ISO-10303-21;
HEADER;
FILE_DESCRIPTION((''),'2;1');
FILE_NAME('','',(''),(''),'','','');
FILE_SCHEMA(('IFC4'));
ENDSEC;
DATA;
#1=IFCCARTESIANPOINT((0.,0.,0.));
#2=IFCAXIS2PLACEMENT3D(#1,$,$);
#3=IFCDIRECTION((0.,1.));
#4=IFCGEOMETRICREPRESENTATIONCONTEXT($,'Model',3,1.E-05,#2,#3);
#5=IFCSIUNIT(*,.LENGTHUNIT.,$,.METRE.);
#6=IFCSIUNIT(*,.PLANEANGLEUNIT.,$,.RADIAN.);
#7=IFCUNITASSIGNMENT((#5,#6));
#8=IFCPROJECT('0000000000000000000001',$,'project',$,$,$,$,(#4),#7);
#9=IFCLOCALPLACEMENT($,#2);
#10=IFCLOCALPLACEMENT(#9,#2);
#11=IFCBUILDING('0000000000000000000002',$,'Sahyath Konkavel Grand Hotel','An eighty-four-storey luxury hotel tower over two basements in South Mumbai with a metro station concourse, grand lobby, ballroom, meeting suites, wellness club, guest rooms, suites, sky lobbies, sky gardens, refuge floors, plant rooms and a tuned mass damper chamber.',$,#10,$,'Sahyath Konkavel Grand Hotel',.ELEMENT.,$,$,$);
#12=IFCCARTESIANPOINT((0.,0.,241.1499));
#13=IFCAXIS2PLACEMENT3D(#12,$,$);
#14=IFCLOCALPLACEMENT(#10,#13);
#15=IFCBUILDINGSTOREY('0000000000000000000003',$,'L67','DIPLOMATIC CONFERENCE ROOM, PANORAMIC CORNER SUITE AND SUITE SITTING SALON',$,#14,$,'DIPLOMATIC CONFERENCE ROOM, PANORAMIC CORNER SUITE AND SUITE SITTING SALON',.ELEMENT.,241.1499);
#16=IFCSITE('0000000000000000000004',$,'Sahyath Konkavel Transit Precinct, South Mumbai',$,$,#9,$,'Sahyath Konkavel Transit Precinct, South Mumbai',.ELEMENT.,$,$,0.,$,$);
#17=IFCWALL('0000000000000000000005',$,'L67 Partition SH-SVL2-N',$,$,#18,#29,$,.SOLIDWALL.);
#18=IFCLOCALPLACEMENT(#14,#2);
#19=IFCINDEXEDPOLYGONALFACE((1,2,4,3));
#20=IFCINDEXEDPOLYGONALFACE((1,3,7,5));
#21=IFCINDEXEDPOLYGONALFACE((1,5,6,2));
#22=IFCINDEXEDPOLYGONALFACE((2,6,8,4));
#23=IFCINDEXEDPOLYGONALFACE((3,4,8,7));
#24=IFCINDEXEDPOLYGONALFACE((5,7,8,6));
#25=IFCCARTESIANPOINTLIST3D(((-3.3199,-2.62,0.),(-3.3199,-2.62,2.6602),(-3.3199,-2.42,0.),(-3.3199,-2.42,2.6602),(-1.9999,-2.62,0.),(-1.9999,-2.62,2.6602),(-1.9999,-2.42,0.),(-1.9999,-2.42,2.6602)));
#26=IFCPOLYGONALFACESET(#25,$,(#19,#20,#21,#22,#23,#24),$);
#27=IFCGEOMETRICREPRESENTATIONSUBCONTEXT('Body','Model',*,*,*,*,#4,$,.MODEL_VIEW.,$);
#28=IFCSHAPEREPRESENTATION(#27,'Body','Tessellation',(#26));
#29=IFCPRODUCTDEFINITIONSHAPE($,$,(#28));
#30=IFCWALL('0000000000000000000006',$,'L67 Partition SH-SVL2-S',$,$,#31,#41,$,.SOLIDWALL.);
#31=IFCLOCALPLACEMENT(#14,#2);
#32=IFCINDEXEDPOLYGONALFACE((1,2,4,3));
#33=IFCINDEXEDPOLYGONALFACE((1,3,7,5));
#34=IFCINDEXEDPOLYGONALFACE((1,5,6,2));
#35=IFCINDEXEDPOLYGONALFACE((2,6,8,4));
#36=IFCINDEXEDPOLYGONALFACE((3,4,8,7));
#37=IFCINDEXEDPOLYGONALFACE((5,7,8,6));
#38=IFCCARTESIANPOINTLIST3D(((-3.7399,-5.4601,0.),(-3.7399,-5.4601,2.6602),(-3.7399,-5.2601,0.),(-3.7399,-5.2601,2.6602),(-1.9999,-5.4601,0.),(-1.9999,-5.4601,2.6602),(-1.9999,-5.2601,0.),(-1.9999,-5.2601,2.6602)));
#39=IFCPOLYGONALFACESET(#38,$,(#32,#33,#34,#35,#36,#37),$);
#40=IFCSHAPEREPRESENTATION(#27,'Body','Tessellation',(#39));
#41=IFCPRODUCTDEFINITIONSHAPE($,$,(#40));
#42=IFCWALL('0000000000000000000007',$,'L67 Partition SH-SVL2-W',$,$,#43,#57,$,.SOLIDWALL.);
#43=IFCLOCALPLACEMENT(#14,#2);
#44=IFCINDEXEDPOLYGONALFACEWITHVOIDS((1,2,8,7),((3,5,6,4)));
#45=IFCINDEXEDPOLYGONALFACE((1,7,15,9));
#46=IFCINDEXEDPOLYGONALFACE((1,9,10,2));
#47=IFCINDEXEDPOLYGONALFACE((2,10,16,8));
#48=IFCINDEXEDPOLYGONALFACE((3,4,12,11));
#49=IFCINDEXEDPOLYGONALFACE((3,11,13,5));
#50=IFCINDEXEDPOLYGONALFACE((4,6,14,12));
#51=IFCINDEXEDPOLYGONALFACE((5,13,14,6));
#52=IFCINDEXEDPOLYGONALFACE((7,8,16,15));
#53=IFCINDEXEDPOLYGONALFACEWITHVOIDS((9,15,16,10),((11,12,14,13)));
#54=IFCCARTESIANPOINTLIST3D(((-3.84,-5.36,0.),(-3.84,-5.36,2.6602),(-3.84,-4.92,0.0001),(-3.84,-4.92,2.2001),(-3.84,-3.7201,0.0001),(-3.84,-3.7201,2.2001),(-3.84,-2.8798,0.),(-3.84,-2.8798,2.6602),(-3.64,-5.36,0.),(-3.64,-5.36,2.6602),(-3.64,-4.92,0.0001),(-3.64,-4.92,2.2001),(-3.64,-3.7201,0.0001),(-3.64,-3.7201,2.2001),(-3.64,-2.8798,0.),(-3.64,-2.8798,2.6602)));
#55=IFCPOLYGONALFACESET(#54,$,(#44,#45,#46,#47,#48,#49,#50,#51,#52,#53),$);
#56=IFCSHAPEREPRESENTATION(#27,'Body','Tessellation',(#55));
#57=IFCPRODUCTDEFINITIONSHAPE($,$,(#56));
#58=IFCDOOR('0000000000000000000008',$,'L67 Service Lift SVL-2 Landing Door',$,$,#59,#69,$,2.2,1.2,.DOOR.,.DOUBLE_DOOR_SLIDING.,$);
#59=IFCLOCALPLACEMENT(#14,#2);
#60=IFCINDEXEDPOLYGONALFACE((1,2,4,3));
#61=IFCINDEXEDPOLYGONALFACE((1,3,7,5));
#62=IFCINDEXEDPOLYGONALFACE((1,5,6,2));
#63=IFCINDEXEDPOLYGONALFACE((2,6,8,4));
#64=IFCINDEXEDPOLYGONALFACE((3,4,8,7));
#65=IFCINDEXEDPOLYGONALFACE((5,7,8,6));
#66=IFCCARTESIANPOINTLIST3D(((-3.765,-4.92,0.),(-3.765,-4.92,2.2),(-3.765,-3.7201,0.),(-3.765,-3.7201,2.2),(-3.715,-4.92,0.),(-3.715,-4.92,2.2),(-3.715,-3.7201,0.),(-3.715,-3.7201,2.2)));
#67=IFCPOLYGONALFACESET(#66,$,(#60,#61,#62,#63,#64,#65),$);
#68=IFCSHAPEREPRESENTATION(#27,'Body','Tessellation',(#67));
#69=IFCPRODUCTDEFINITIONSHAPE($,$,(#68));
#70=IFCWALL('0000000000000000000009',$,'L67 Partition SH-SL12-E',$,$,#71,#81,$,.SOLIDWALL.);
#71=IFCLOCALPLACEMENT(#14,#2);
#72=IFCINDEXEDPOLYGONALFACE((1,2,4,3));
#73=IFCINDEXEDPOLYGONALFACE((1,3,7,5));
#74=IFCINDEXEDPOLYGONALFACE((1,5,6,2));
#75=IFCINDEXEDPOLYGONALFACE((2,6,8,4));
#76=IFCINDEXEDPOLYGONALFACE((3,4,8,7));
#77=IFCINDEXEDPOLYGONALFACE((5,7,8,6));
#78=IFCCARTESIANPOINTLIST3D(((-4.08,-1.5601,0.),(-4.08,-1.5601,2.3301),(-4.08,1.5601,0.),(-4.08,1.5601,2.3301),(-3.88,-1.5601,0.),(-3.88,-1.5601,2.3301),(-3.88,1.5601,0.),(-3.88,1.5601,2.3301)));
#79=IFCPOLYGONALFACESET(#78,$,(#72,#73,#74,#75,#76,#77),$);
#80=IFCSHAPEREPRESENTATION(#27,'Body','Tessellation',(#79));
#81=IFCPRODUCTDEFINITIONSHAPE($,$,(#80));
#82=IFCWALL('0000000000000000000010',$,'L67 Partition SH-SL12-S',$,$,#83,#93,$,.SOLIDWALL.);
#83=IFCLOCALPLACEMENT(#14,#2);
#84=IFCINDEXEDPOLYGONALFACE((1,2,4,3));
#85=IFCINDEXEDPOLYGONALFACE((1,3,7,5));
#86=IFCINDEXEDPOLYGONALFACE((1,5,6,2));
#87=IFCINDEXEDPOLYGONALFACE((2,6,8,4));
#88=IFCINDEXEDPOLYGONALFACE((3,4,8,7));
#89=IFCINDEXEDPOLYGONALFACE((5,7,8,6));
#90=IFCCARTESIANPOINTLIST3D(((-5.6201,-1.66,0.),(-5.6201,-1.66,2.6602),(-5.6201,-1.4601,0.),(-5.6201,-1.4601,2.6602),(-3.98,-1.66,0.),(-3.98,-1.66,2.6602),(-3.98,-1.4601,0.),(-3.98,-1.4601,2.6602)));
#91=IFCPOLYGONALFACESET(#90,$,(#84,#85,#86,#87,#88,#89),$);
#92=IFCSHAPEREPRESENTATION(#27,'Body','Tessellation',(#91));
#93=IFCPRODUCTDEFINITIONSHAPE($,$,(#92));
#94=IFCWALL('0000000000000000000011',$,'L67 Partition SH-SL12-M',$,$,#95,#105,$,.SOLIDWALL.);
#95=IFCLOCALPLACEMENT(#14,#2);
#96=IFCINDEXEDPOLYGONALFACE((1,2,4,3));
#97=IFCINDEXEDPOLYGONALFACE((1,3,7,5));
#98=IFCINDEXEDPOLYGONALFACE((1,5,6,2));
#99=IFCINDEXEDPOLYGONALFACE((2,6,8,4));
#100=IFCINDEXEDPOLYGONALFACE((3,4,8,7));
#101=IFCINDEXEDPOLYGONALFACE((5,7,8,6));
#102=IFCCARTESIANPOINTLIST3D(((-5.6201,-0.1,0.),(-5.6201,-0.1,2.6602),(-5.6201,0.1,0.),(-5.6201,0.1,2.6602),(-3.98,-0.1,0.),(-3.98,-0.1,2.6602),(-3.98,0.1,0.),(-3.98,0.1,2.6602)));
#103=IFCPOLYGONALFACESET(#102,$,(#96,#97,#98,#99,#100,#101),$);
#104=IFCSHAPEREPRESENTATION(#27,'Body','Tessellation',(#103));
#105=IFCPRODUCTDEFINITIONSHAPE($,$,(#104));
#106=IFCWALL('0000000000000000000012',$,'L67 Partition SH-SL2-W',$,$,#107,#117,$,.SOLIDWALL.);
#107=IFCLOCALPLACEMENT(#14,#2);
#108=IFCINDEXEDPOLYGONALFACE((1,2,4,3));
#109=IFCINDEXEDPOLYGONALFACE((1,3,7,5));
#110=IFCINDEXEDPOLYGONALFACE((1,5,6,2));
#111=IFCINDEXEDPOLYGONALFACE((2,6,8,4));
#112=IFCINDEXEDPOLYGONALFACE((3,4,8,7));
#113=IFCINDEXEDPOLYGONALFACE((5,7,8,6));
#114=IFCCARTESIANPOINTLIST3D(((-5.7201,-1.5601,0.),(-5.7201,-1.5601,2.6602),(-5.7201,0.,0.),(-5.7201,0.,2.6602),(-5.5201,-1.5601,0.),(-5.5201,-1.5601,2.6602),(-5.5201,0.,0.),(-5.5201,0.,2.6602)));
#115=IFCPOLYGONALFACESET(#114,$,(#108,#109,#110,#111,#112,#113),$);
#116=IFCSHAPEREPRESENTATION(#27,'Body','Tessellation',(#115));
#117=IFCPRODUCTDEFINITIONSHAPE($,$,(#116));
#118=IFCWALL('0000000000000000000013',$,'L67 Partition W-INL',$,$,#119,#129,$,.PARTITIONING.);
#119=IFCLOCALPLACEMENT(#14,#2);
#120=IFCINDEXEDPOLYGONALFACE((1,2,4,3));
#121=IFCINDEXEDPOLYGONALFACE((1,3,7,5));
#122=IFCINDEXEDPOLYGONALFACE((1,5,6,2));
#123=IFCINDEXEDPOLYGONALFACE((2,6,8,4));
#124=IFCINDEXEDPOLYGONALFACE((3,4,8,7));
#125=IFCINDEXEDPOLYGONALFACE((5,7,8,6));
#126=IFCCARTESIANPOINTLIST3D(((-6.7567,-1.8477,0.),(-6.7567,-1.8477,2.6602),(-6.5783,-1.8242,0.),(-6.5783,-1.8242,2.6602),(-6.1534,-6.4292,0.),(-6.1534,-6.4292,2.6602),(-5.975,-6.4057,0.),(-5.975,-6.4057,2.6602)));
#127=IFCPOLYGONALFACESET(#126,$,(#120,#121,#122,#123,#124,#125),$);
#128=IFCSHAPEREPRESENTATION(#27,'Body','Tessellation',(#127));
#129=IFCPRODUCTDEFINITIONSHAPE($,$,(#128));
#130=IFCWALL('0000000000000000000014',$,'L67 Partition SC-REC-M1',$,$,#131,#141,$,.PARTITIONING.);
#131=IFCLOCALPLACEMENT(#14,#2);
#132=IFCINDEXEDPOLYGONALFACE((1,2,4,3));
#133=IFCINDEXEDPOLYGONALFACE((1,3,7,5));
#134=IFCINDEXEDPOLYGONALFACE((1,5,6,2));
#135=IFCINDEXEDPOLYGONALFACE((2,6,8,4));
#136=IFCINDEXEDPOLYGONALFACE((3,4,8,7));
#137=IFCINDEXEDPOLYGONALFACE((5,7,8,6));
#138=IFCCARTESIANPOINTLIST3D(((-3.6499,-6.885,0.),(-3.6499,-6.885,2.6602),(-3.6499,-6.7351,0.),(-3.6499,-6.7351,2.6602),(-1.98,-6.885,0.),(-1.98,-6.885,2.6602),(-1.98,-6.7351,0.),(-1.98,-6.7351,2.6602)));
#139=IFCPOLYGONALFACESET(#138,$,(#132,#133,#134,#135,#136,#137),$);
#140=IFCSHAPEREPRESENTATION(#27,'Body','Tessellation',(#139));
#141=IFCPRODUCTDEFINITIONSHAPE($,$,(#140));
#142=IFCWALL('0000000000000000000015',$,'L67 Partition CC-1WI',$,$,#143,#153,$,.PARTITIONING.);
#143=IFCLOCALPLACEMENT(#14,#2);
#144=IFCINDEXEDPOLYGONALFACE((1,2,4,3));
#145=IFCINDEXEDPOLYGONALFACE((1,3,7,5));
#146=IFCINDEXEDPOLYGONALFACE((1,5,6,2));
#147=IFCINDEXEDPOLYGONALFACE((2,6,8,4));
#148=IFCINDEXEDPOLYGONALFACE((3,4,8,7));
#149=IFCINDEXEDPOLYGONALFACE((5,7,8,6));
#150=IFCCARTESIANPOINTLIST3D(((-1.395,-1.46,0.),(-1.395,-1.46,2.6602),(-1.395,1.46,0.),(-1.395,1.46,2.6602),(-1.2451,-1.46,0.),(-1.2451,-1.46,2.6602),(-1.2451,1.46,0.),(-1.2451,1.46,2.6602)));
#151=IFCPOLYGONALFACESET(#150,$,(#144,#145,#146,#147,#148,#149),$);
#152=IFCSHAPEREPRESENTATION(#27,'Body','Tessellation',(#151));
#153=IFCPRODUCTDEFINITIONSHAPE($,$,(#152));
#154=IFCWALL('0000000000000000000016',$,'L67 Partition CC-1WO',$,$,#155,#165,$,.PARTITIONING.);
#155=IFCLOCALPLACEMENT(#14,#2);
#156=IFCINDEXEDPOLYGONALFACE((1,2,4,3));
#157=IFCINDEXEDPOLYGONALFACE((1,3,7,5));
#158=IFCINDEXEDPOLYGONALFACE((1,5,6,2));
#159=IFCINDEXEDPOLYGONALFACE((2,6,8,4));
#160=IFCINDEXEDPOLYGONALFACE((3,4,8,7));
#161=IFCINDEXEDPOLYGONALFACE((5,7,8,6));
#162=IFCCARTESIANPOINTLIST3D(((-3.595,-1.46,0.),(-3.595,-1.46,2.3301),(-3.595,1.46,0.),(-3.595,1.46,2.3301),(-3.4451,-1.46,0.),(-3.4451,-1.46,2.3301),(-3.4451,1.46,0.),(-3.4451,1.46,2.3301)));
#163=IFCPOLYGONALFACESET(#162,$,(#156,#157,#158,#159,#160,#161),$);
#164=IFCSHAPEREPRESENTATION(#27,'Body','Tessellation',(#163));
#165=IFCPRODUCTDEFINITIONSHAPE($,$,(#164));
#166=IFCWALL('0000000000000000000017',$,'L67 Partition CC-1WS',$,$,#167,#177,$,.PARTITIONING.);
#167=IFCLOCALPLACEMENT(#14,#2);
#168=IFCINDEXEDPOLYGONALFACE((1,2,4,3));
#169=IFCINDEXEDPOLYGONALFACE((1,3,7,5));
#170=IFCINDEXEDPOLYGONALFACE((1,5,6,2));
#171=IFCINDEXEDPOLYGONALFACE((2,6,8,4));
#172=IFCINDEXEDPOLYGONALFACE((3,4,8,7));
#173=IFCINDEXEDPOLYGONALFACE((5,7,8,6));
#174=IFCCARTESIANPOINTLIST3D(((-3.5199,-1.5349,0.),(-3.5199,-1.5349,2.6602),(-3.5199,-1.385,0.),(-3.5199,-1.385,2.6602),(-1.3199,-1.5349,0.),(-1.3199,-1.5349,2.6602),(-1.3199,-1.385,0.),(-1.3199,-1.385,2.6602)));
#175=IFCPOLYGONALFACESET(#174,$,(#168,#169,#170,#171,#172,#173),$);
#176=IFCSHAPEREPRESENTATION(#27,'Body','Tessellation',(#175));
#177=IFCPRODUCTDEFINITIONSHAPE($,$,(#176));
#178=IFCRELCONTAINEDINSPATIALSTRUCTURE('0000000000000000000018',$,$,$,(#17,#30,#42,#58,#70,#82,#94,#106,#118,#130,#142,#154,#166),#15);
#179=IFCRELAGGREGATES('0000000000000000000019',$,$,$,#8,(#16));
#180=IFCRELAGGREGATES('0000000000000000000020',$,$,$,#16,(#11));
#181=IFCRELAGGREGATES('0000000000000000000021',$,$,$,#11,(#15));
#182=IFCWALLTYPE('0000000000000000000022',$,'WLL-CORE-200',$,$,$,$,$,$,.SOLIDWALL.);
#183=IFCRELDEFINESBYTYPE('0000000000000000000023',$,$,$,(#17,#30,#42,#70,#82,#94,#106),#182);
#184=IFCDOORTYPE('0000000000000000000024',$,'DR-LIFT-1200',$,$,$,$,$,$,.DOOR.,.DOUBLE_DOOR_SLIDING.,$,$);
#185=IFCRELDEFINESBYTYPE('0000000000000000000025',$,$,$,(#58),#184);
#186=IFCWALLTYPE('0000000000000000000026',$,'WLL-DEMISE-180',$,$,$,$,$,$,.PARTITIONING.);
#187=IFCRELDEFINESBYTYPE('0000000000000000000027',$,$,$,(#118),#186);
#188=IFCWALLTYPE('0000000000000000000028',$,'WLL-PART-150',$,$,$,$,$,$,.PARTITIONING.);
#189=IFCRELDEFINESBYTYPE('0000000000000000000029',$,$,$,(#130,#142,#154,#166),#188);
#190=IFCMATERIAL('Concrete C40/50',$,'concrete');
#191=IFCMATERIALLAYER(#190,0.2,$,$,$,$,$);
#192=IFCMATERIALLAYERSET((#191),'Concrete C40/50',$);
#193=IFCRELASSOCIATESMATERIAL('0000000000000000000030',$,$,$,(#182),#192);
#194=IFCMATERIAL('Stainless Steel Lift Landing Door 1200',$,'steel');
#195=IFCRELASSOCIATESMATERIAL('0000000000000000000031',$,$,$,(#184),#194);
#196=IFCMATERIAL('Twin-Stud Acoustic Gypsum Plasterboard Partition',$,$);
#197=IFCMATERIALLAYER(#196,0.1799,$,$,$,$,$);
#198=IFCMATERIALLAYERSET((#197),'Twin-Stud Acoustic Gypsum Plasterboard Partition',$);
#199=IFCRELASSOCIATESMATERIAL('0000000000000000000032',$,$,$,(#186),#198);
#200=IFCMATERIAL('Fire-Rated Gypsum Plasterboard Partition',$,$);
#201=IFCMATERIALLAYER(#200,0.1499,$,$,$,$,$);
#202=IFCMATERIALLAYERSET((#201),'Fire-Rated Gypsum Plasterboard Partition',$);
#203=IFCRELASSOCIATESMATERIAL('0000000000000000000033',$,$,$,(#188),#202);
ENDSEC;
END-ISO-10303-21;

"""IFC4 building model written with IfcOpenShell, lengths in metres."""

from ifc_helpers import new_model, si_unit, direction, frame, frame_2d, origin, origin_2d, place, context, subcontext, project, spatial, rectangle, extrude, source, transform, mapped, material, layer, layer_set, type_object, element, fill, save


model = new_model("IFC4")

# Units and contexts
model_context = context("Model", 3, precision=1e-05, world=origin(), true_north=direction((0.0, 1.0)))
body_context = subcontext(model_context, "Body", "Model", "MODEL_VIEW")
ifc_project = project(units=[si_unit("LENGTHUNIT", "METRE"), si_unit("PLANEANGLEUNIT", "RADIAN")], contexts=[model_context])

# Site, building, storey
site_placement = place(None, origin())
site = spatial("IfcSite", under=ifc_project, at=site_placement, Name="Sahyath Konkavel Transit Precinct, South Mumbai", LongName="Sahyath Konkavel Transit Precinct, South Mumbai", CompositionType="ELEMENT", RefElevation=0.0)
building_placement = place(site_placement, origin())
building = spatial("IfcBuilding", under=site, at=building_placement, Name="Sahyath Konkavel Grand Hotel", Description="An eighty-four-storey luxury hotel tower over two basements in South Mumbai with a metro station concourse, grand lobby, ballroom, meeting suites, wellness club, guest rooms, suites, sky lobbies, sky gardens, refuge floors, plant rooms and a tuned mass damper chamber.", LongName="Sahyath Konkavel Grand Hotel", CompositionType="ELEMENT")
storey_placement = place(building_placement, frame((0.0, 0.0, 241.1499)))
storey = spatial("IfcBuildingStorey", under=building, at=storey_placement, Name="L67", Description="DIPLOMATIC CONFERENCE ROOM, PANORAMIC CORNER SUITE AND SUITE SITTING SALON", LongName="DIPLOMATIC CONFERENCE ROOM, PANORAMIC CORNER SUITE AND SUITE SITTING SALON", CompositionType="ELEMENT", Elevation=241.1499)

# Shared definitions
ifc_material_1 = material(Name="Concrete C40/50", Category="concrete")

# Shared definitions
ifc_layer_1 = layer(ifc_material_1, 0.2)
ifc_layer_set_1 = layer_set([ifc_layer_1], Name="Concrete C40/50")
wall_type_1 = type_object("IfcWallType", Name="WLL-CORE-200", PredefinedType="SOLIDWALL", material=ifc_layer_set_1)

# Walls
wall_1_placement = place(storey_placement, frame((-3.3201, -2.52, 0.0), z_axis=(0.0, 0.0, 1.0), x_axis=(1.0, 0.0, 0.0)))
element("IfcWall", 1, at=wall_1_placement, inside=storey, type_object=wall_type_1, Name="L67 Partition SH-SVL2-N", PredefinedType="SOLIDWALL", context=body_context, shape_type="SweptSolid", body=[
    extrude(rectangle(XDim=1.3201, YDim=0.2, at=frame_2d((0.6602, 0.0))), origin(), (0.0, 0.0, 1.0), 2.6602),
])
wall_2_placement = place(storey_placement, frame((-3.74, -5.3601, 0.0), z_axis=(0.0, 0.0, 1.0), x_axis=(1.0, 0.0, 0.0)))
element("IfcWall", 2, at=wall_2_placement, inside=storey, type_object=wall_type_1, Name="L67 Partition SH-SVL2-S", PredefinedType="SOLIDWALL", context=body_context, shape_type="SweptSolid", body=[
    extrude(rectangle(XDim=1.74, YDim=0.2, at=frame_2d((0.8701, 0.0))), origin(), (0.0, 0.0, 1.0), 2.6602),
])

# Wall, opening, door
wall_3_placement = place(storey_placement, frame((-3.74, -5.3601, 0.0), z_axis=(0.0, 0.0, 1.0), x_axis=(0.0, 1.0, 0.0)))
wall_3 = element("IfcWall", 3, at=wall_3_placement, inside=storey, type_object=wall_type_1, Name="L67 Partition SH-SVL2-W", PredefinedType="SOLIDWALL", context=body_context, shape_type="SweptSolid", body=[
    extrude(rectangle(XDim=2.4802, YDim=0.2, at=frame_2d((1.2402, 0.0))), origin(), (0.0, 0.0, 1.0), 2.6602),
])
opening_1_placement = place(wall_3_placement, frame((0.4399, 0.0, 0.0)))
opening_1 = element("IfcOpeningElement", 4, at=opening_1_placement, cuts=wall_3, PredefinedType="OPENING", context=body_context, shape_type="SweptSolid", body=[
    extrude(rectangle(XDim=1.2, YDim=2.2, at=frame_2d((0.6001, 1.1001))), frame((0.0, 0.1099, 0.0), z_axis=(0.0, -1.0, 0.0), x_axis=(1.0, 0.0, 0.0)), (0.0, 0.0, 1.0), 0.22),
])
ifc_material_2 = material(Name="Stainless Steel Lift Landing Door 1200", Category="steel")
door_type_1 = type_object("IfcDoorType", Name="DR-LIFT-1200", OperationType="DOUBLE_DOOR_SLIDING", PredefinedType="DOOR", material=ifc_material_2)
shared_shape_1 = source(origin(), body_context, "Body", "SweptSolid", [
    extrude(rectangle(XDim=1.2, YDim=0.05, at=origin_2d()), origin(), (0.0, 0.0, 1.0), 2.2),
])
door_1_placement = place(opening_1_placement, frame((0.6001, 0.0, 0.0)))
door_1 = element("IfcDoor", 5, at=door_1_placement, inside=storey, type_object=door_type_1, Name="L67 Service Lift SVL-2 Landing Door", OperationType="DOUBLE_DOOR_SLIDING", OverallHeight=2.2, OverallWidth=1.2, PredefinedType="DOOR", context=body_context, shape_type="MappedRepresentation", body=[
    mapped(shared_shape_1, transform((0.0, 0.0, 0.0), scale=1.0)),
])
fill(opening_1, door_1)

# Walls
wall_4_placement = place(storey_placement, frame((-3.98, -1.5601, 0.0), z_axis=(0.0, 0.0, 1.0), x_axis=(0.0, 1.0, 0.0)))
element("IfcWall", 6, at=wall_4_placement, inside=storey, type_object=wall_type_1, Name="L67 Partition SH-SL12-E", PredefinedType="SOLIDWALL", context=body_context, shape_type="SweptSolid", body=[
    extrude(rectangle(XDim=3.1201, YDim=0.2, at=frame_2d((1.5601, 0.0))), origin(), (0.0, 0.0, 1.0), 2.3301),
])
for number, where, z_axis, x_axis, name in (
    (7, (-5.6201, -1.5601, 0.0), (0.0, 0.0, 1.0), (1.0, 0.0, 0.0), "L67 Partition SH-SL12-S"),
    (8, (-5.6201, 0.0, 0.0), (0.0, 0.0, 1.0), (1.0, 0.0, 0.0), "L67 Partition SH-SL12-M"),
):
    element("IfcWall", number, at=place(storey_placement, frame(where, z_axis=z_axis, x_axis=x_axis)), inside=storey, type_object=wall_type_1, Name=name, PredefinedType="SOLIDWALL", context=body_context, shape_type="SweptSolid", body=[
        extrude(rectangle(XDim=1.6401, YDim=0.2, at=frame_2d((0.8201, 0.0))), origin(), (0.0, 0.0, 1.0), 2.6602),
    ])
wall_5_placement = place(storey_placement, frame((-5.6201, -1.5601, 0.0), z_axis=(0.0, 0.0, 1.0), x_axis=(0.0, 1.0, 0.0)))
element("IfcWall", 9, at=wall_5_placement, inside=storey, type_object=wall_type_1, Name="L67 Partition SH-SL2-W", PredefinedType="SOLIDWALL", context=body_context, shape_type="SweptSolid", body=[
    extrude(rectangle(XDim=1.5601, YDim=0.2, at=frame_2d((0.78, 0.0))), origin(), (0.0, 0.0, 1.0), 2.6602),
])
ifc_material_3 = material(Name="Twin-Stud Acoustic Gypsum Plasterboard Partition")
ifc_layer_2 = layer(ifc_material_3, 0.1799)
ifc_layer_set_2 = layer_set([ifc_layer_2], Name="Twin-Stud Acoustic Gypsum Plasterboard Partition")
wall_type_2 = type_object("IfcWallType", Name="WLL-DEMISE-180", PredefinedType="PARTITIONING", material=ifc_layer_set_2)
wall_6_placement = place(storey_placement, frame((-6.6675, -1.8359, 0.0), z_axis=(0.0, 0.0, 1.0), x_axis=(0.130547, -0.991442, 0.0)))
element("IfcWall", 10, at=wall_6_placement, inside=storey, type_object=wall_type_2, Name="L67 Partition W-INL", PredefinedType="PARTITIONING", context=body_context, shape_type="SweptSolid", body=[
    extrude(rectangle(XDim=4.6211, YDim=0.1799, at=frame_2d((2.3105, 0.0))), origin(), (0.0, 0.0, 1.0), 2.6602),
])
ifc_material_4 = material(Name="Fire-Rated Gypsum Plasterboard Partition")
ifc_layer_3 = layer(ifc_material_4, 0.1499)
ifc_layer_set_3 = layer_set([ifc_layer_3], Name="Fire-Rated Gypsum Plasterboard Partition")
wall_type_3 = type_object("IfcWallType", Name="WLL-PART-150", PredefinedType="PARTITIONING", material=ifc_layer_set_3)
wall_7_placement = place(storey_placement, frame((-3.6499, -6.8101, 0.0), z_axis=(0.0, 0.0, 1.0), x_axis=(1.0, 0.0, 0.0)))
element("IfcWall", 11, at=wall_7_placement, inside=storey, type_object=wall_type_3, Name="L67 Partition SC-REC-M1", PredefinedType="PARTITIONING", context=body_context, shape_type="SweptSolid", body=[
    extrude(rectangle(XDim=1.6699, YDim=0.1499, at=frame_2d((0.835, 0.0))), origin(), (0.0, 0.0, 1.0), 2.6602),
])
wall_8_placement = place(storey_placement, frame((-1.3201, -1.46, 0.0), z_axis=(0.0, 0.0, 1.0), x_axis=(0.0, 1.0, 0.0)))
element("IfcWall", 12, at=wall_8_placement, inside=storey, type_object=wall_type_3, Name="L67 Partition CC-1WI", PredefinedType="PARTITIONING", context=body_context, shape_type="SweptSolid", body=[
    extrude(rectangle(XDim=2.9199, YDim=0.1499, at=frame_2d((1.46, 0.0))), origin(), (0.0, 0.0, 1.0), 2.6602),
])
wall_9_placement = place(storey_placement, frame((-3.52, -1.46, 0.0), z_axis=(0.0, 0.0, 1.0), x_axis=(0.0, 1.0, 0.0)))
element("IfcWall", 13, at=wall_9_placement, inside=storey, type_object=wall_type_3, Name="L67 Partition CC-1WO", PredefinedType="PARTITIONING", context=body_context, shape_type="SweptSolid", body=[
    extrude(rectangle(XDim=2.9199, YDim=0.1499, at=frame_2d((1.46, 0.0))), origin(), (0.0, 0.0, 1.0), 2.3301),
])
wall_10_placement = place(storey_placement, frame((-3.52, -1.46, 0.0), z_axis=(0.0, 0.0, 1.0), x_axis=(1.0, 0.0, 0.0)))
element("IfcWall", 14, at=wall_10_placement, inside=storey, type_object=wall_type_3, Name="L67 Partition CC-1WS", PredefinedType="PARTITIONING", context=body_context, shape_type="SweptSolid", body=[
    extrude(rectangle(XDim=2.2, YDim=0.1499, at=frame_2d((1.1001, 0.0))), origin(), (0.0, 0.0, 1.0), 2.6602),
])

save(model, "model.ifc")
